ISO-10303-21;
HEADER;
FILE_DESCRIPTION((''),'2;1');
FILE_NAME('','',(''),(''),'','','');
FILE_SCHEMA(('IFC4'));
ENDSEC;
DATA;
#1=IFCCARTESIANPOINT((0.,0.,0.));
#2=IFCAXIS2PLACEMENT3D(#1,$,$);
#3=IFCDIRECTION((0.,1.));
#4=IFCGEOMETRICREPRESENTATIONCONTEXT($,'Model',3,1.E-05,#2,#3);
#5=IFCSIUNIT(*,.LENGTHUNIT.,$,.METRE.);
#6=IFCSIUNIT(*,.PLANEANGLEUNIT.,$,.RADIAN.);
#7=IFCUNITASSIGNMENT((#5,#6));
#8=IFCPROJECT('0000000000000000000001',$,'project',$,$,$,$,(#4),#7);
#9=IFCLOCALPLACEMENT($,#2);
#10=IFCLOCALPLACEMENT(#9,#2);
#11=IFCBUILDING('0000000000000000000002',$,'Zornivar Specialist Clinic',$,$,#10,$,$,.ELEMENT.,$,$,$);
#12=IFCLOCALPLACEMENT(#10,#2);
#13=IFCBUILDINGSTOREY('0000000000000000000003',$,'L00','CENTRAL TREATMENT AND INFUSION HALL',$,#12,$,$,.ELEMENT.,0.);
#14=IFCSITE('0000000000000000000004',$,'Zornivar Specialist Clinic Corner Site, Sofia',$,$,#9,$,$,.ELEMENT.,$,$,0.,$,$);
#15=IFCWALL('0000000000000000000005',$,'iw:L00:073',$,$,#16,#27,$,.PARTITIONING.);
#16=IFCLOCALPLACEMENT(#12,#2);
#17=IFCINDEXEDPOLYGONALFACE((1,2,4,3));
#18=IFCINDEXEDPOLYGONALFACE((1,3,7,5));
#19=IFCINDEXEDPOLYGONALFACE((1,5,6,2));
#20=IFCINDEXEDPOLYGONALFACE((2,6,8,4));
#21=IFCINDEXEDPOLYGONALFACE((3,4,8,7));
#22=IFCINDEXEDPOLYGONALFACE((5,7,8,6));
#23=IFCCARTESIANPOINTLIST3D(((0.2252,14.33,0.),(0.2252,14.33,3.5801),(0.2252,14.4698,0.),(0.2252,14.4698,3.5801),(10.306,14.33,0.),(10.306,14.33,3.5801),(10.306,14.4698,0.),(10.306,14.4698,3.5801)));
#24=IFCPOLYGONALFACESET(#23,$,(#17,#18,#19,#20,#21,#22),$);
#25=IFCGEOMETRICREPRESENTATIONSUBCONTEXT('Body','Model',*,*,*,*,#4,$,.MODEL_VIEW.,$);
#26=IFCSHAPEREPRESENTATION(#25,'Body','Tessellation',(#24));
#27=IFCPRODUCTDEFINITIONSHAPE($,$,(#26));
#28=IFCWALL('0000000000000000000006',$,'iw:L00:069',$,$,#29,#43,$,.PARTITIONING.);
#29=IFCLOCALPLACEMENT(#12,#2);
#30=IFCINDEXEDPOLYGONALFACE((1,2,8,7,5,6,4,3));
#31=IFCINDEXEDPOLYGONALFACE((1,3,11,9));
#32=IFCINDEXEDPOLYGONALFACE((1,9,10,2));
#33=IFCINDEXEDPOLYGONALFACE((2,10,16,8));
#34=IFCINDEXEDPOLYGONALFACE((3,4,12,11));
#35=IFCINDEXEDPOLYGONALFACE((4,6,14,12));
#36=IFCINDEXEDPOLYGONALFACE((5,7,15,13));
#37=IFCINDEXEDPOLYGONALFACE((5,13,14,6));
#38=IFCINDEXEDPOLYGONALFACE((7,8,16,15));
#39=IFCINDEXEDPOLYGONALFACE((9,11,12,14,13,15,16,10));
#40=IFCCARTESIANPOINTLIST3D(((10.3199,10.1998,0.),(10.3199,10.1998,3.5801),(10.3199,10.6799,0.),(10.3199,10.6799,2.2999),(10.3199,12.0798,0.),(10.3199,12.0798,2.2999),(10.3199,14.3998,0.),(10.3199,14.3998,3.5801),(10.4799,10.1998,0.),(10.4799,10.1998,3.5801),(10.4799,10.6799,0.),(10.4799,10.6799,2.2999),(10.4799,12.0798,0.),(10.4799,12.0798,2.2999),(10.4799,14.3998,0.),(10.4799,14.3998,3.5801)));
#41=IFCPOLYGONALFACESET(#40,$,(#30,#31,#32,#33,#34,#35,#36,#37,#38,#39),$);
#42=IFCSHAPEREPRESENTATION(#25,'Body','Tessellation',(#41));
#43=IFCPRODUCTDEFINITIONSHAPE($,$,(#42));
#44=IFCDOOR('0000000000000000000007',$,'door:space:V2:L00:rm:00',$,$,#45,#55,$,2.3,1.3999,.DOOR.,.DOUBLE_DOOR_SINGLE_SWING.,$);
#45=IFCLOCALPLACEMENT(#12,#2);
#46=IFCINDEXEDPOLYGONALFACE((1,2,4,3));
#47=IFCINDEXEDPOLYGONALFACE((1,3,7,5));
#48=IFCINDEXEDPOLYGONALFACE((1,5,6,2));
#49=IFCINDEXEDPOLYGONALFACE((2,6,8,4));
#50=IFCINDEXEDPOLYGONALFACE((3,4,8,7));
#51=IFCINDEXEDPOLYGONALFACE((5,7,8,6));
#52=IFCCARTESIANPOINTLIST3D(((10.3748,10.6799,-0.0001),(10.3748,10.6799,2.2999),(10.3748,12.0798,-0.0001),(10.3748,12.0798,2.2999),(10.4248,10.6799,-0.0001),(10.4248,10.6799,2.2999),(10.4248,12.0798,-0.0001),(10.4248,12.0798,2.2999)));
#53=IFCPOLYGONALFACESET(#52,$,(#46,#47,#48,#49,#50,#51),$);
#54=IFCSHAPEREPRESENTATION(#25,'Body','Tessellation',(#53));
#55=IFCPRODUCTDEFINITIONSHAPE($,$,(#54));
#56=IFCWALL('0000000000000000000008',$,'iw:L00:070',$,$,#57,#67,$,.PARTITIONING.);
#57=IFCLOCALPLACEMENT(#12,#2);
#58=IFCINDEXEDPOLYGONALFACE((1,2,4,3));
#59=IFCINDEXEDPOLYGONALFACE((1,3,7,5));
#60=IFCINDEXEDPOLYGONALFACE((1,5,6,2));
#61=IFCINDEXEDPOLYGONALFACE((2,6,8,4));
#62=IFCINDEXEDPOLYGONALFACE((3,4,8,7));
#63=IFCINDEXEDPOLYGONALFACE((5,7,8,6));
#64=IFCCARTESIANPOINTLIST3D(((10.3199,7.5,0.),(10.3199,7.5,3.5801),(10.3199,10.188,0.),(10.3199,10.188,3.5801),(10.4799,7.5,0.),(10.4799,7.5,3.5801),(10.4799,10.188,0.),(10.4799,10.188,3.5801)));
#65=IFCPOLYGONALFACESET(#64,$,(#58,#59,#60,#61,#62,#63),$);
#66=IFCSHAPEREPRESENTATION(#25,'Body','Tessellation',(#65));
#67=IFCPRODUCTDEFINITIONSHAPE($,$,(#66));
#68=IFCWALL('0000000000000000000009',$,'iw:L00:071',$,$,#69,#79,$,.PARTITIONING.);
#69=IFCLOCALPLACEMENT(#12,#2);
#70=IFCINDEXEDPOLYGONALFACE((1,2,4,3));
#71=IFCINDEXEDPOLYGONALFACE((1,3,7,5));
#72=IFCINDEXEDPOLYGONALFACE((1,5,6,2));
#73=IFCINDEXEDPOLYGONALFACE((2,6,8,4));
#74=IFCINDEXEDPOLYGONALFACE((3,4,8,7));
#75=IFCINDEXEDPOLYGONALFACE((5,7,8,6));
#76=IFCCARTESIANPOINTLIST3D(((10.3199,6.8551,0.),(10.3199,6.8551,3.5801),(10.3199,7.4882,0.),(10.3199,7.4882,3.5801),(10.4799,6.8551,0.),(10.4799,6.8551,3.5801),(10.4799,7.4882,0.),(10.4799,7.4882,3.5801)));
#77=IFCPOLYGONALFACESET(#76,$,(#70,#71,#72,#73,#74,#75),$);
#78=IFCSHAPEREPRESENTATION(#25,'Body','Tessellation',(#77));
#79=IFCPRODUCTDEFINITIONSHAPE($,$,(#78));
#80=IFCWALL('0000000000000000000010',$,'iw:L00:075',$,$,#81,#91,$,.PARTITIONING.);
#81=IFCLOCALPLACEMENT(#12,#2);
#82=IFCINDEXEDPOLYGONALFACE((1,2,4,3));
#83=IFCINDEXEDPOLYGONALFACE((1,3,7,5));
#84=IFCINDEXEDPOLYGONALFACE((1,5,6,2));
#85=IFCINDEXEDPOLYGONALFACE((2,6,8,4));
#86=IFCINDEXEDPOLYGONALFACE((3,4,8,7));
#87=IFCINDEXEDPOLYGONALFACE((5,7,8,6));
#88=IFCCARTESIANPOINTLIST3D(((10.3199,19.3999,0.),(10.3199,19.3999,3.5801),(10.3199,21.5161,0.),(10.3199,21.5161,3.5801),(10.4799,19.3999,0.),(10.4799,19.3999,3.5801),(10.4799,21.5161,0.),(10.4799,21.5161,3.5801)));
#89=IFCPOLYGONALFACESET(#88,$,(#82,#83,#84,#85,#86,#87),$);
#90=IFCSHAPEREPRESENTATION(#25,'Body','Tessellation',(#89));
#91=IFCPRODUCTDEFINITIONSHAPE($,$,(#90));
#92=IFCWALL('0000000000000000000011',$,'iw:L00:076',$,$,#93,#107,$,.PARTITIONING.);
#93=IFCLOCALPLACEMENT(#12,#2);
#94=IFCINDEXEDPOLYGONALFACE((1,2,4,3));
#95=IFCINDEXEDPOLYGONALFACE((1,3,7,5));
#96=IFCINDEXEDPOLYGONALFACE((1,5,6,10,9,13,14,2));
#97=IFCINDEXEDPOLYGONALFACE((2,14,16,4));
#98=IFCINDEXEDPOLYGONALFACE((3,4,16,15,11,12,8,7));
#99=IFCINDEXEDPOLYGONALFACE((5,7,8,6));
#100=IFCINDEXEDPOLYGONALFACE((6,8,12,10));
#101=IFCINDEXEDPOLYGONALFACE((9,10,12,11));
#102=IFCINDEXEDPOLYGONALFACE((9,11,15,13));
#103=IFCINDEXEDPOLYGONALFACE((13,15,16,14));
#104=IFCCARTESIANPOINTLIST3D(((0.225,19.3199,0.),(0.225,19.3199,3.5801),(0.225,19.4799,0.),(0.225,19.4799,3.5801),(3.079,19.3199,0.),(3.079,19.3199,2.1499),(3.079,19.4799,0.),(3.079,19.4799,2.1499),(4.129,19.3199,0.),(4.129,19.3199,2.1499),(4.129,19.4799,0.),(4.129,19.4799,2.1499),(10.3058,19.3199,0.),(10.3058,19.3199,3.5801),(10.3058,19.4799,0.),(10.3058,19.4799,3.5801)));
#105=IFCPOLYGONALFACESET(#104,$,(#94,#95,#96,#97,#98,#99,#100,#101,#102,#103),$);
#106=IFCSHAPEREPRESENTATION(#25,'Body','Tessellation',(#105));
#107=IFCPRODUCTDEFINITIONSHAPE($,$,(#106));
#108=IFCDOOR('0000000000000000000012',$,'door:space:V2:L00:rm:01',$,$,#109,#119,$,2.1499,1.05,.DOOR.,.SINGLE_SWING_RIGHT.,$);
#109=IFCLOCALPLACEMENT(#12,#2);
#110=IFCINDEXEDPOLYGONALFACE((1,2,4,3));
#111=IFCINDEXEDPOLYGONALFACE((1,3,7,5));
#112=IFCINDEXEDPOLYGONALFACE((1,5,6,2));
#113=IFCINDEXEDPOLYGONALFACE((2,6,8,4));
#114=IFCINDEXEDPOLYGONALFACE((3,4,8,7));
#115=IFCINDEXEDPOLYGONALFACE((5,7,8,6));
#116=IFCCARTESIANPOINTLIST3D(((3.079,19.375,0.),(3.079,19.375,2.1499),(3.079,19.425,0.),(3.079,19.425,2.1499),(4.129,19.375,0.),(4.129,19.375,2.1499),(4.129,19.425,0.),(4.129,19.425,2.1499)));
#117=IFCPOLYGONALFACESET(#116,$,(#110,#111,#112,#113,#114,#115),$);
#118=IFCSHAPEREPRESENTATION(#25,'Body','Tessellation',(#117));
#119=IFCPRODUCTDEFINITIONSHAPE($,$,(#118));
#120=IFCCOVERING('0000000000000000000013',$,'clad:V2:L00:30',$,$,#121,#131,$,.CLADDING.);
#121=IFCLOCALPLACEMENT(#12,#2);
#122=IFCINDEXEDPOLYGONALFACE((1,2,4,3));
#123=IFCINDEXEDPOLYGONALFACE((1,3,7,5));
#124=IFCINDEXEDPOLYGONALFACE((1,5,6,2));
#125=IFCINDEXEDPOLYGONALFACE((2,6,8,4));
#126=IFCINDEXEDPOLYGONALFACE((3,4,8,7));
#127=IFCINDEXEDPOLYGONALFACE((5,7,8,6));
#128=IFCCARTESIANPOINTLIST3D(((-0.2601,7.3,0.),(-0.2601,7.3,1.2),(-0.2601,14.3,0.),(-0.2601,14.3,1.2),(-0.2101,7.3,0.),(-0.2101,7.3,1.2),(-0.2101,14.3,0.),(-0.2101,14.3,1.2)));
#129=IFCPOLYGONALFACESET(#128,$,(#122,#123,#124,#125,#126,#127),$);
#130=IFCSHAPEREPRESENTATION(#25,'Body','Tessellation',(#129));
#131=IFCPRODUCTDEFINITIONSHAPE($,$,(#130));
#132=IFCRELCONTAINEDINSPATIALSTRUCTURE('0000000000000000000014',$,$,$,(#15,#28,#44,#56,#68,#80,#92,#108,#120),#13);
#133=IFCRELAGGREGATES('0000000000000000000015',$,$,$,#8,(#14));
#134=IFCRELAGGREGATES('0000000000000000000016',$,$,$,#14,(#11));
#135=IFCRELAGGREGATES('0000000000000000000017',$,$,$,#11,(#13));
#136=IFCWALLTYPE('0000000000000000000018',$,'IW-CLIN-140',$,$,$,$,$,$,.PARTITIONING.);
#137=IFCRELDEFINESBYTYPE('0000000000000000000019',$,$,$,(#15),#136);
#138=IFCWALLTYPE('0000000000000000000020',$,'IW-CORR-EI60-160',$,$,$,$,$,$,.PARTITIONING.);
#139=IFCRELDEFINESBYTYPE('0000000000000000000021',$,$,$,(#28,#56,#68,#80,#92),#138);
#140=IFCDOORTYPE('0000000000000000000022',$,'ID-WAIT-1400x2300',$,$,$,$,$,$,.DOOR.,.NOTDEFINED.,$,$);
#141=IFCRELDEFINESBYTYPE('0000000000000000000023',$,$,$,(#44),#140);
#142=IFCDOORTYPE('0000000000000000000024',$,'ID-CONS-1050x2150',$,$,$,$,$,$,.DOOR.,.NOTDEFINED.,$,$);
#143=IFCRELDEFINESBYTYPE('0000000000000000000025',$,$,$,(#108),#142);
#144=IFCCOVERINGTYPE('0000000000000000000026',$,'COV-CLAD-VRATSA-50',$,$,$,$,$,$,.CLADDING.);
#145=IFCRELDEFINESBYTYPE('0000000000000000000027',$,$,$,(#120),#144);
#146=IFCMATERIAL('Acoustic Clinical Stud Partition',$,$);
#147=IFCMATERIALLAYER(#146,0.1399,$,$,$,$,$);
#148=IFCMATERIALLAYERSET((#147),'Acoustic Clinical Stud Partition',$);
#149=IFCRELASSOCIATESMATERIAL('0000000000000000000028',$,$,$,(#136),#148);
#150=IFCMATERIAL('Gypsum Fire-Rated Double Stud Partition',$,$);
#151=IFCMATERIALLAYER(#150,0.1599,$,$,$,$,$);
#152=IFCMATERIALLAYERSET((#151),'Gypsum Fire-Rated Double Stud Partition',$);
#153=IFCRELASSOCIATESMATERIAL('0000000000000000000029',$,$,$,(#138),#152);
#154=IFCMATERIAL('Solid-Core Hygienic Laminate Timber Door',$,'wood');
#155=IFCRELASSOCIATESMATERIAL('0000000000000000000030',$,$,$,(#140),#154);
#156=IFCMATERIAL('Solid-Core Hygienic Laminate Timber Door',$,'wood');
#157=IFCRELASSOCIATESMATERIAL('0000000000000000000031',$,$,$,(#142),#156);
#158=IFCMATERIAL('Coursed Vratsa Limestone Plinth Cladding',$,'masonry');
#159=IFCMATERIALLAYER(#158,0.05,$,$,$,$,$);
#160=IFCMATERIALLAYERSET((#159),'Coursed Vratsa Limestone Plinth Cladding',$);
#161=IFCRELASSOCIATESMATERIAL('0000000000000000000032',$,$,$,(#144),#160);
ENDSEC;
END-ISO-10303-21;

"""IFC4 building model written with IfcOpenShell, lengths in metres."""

from ifc_helpers import new_model, si_unit, direction, frame, frame_2d, origin, origin_2d, place, context, subcontext, project, spatial, rectangle, extrude, material, layer, layer_set, type_object, element, fill, save


model = new_model("IFC4")

# Units and contexts
model_context = context("Model", 3, precision=1e-05, world=origin(), true_north=direction((0.0, 1.0)))
body_context = subcontext(model_context, "Body", "Model", "MODEL_VIEW")
ifc_project = project(units=[si_unit("LENGTHUNIT", "METRE"), si_unit("PLANEANGLEUNIT", "RADIAN")], contexts=[model_context])

# Site, building, storey
site_placement = place(None, origin())
site = spatial("IfcSite", under=ifc_project, at=site_placement, Name="Zornivar Specialist Clinic Corner Site, Sofia", CompositionType="ELEMENT", RefElevation=0.0)
building_placement = place(site_placement, origin())
building = spatial("IfcBuilding", under=site, at=building_placement, Name="Zornivar Specialist Clinic", CompositionType="ELEMENT")
storey_placement = place(building_placement, origin())
storey = spatial("IfcBuildingStorey", under=building, at=storey_placement, Name="L00", Description="CENTRAL TREATMENT AND INFUSION HALL", CompositionType="ELEMENT", Elevation=0.0)

# Wall
ifc_material_1 = material(Name="Acoustic Clinical Stud Partition")
ifc_layer_1 = layer(ifc_material_1, 0.1399)
ifc_layer_set_1 = layer_set([ifc_layer_1], Name="Acoustic Clinical Stud Partition")
wall_type_1 = type_object("IfcWallType", Name="IW-CLIN-140", PredefinedType="PARTITIONING", material=ifc_layer_set_1)
wall_1_placement = place(storey_placement, frame((0.2251, 14.3999, 0.0), z_axis=(0.0, 0.0, 1.0), x_axis=(1.0, 0.0, 0.0)))
element("IfcWall", 1, at=wall_1_placement, inside=storey, type_object=wall_type_1, Name="iw:L00:073", PredefinedType="PARTITIONING", context=body_context, shape_type="SweptSolid", body=[
    extrude(rectangle(XDim=10.0808, YDim=0.1399, at=frame_2d((5.0405, 0.0))), origin(), (0.0, 0.0, 1.0), 3.5801),
])

# Wall, opening, door
ifc_material_2 = material(Name="Gypsum Fire-Rated Double Stud Partition")
ifc_layer_2 = layer(ifc_material_2, 0.1599)
ifc_layer_set_2 = layer_set([ifc_layer_2], Name="Gypsum Fire-Rated Double Stud Partition")
wall_type_2 = type_object("IfcWallType", Name="IW-CORR-EI60-160", PredefinedType="PARTITIONING", material=ifc_layer_set_2)
wall_2_placement = place(storey_placement, frame((10.3999, 14.3999, 0.0), z_axis=(0.0, 0.0, 1.0), x_axis=(0.0, -1.0, 0.0)))
wall_2 = element("IfcWall", 2, at=wall_2_placement, inside=storey, type_object=wall_type_2, Name="iw:L00:069", PredefinedType="PARTITIONING", context=body_context, shape_type="SweptSolid", body=[
    extrude(rectangle(XDim=4.2, YDim=0.1599, at=frame_2d((2.1001, 0.0))), origin(), (0.0, 0.0, 1.0), 3.5801),
])
opening_1_placement = place(wall_2_placement, frame((2.3201, 0.0, 0.0)))
opening_1 = element("IfcOpeningElement", 3, at=opening_1_placement, cuts=wall_2, PredefinedType="OPENING", context=body_context, shape_type="SweptSolid", body=[
    extrude(rectangle(XDim=1.3999, YDim=2.3, at=frame_2d((0.7, 1.1499))), frame((0.0, 0.0898, 0.0), z_axis=(0.0, -1.0, 0.0), x_axis=(1.0, 0.0, 0.0)), (0.0, 0.0, 1.0), 0.1799),
])
ifc_material_3 = material(Name="Solid-Core Hygienic Laminate Timber Door", Category="wood")
door_type_1 = type_object("IfcDoorType", Name="ID-WAIT-1400x2300", OperationType="NOTDEFINED", PredefinedType="DOOR", material=ifc_material_3)
door_1_placement = place(opening_1_placement, origin())
door_1 = element("IfcDoor", 4, at=door_1_placement, inside=storey, type_object=door_type_1, Name="door:space:V2:L00:rm:00", OperationType="DOUBLE_DOOR_SINGLE_SWING", OverallHeight=2.3, OverallWidth=1.3999, PredefinedType="DOOR", context=body_context, shape_type="SweptSolid", body=[
    extrude(rectangle(XDim=1.3999, YDim=2.3, at=frame_2d((0.7, 1.1499))), frame((0.0, 0.0249, 0.0), z_axis=(0.0, -1.0, 0.0), x_axis=(1.0, 0.0, 0.0)), (0.0, 0.0, 1.0), 0.05),
])
fill(opening_1, door_1)

# Walls
wall_3_placement = place(storey_placement, frame((10.3999, 10.188, 0.0), z_axis=(0.0, 0.0, 1.0), x_axis=(0.0, -1.0, 0.0)))
element("IfcWall", 5, at=wall_3_placement, inside=storey, type_object=wall_type_2, Name="iw:L00:070", PredefinedType="PARTITIONING", context=body_context, shape_type="SweptSolid", body=[
    extrude(rectangle(XDim=2.688, YDim=0.1599, at=frame_2d((1.344, 0.0))), origin(), (0.0, 0.0, 1.0), 3.5801),
])
wall_4_placement = place(storey_placement, frame((10.3999, 7.488, 0.0), z_axis=(0.0, 0.0, 1.0), x_axis=(0.0, -1.0, 0.0)))
element("IfcWall", 6, at=wall_4_placement, inside=storey, type_object=wall_type_2, Name="iw:L00:071", PredefinedType="PARTITIONING", context=body_context, shape_type="SweptSolid", body=[
    extrude(rectangle(XDim=0.6331, YDim=0.1599, at=frame_2d((0.3164, 0.0))), origin(), (0.0, 0.0, 1.0), 3.5801),
])
wall_5_placement = place(storey_placement, frame((10.3999, 21.5161, 0.0), z_axis=(0.0, 0.0, 1.0), x_axis=(0.0, -1.0, 0.0)))
element("IfcWall", 7, at=wall_5_placement, inside=storey, type_object=wall_type_2, Name="iw:L00:075", PredefinedType="PARTITIONING", context=body_context, shape_type="SweptSolid", body=[
    extrude(rectangle(XDim=2.1162, YDim=0.1599, at=frame_2d((1.0581, 0.0))), origin(), (0.0, 0.0, 1.0), 3.5801),
])

# Wall, opening, door
wall_6_placement = place(storey_placement, frame((10.3059, 19.3999, 0.0), z_axis=(0.0, 0.0, 1.0), x_axis=(-1.0, 0.0, 0.0)))
wall_6 = element("IfcWall", 8, at=wall_6_placement, inside=storey, type_object=wall_type_2, Name="iw:L00:076", PredefinedType="PARTITIONING", context=body_context, shape_type="SweptSolid", body=[
    extrude(rectangle(XDim=10.0808, YDim=0.1599, at=frame_2d((5.0405, 0.0))), origin(), (0.0, 0.0, 1.0), 3.5801),
])
opening_2_placement = place(wall_6_placement, frame((6.177, 0.0, 0.0)))
opening_2 = element("IfcOpeningElement", 9, at=opening_2_placement, cuts=wall_6, PredefinedType="OPENING", context=body_context, shape_type="SweptSolid", body=[
    extrude(rectangle(XDim=1.05, YDim=2.1499, at=frame_2d((0.5249, 1.075))), frame((0.0, 0.0898, 0.0), z_axis=(0.0, -1.0, 0.0), x_axis=(1.0, 0.0, 0.0)), (0.0, 0.0, 1.0), 0.1799),
])
ifc_material_4 = material(Name="Solid-Core Hygienic Laminate Timber Door", Category="wood")
door_type_2 = type_object("IfcDoorType", Name="ID-CONS-1050x2150", OperationType="NOTDEFINED", PredefinedType="DOOR", material=ifc_material_4)
door_2_placement = place(opening_2_placement, origin())
door_2 = element("IfcDoor", 10, at=door_2_placement, inside=storey, type_object=door_type_2, Name="door:space:V2:L00:rm:01", OperationType="SINGLE_SWING_RIGHT", OverallHeight=2.1499, OverallWidth=1.05, PredefinedType="DOOR", context=body_context, shape_type="SweptSolid", body=[
    extrude(rectangle(XDim=1.05, YDim=2.1499, at=frame_2d((0.5249, 1.075))), frame((0.0, 0.0249, 0.0), z_axis=(0.0, -1.0, 0.0), x_axis=(1.0, 0.0, 0.0)), (0.0, 0.0, 1.0), 0.05),
])
fill(opening_2, door_2)

# Covering
ifc_material_5 = material(Name="Coursed Vratsa Limestone Plinth Cladding", Category="masonry")
ifc_layer_3 = layer(ifc_material_5, 0.05)
ifc_layer_set_3 = layer_set([ifc_layer_3], Name="Coursed Vratsa Limestone Plinth Cladding")
covering_type = type_object("IfcCoveringType", Name="COV-CLAD-VRATSA-50", PredefinedType="CLADDING", material=ifc_layer_set_3)
covering_placement = place(storey_placement, frame((-0.2351, 10.8, 0.0), z_axis=(0.0, 0.0, 1.0), x_axis=(0.0, -1.0, 0.0)))
element("IfcCovering", 11, at=covering_placement, inside=storey, type_object=covering_type, Name="clad:V2:L00:30", PredefinedType="CLADDING", context=body_context, shape_type="SweptSolid", body=[
    extrude(rectangle(XDim=7.0, YDim=0.05, at=origin_2d()), origin(), (0.0, 0.0, 1.0), 1.2),
])

save(model, "model.ifc")
